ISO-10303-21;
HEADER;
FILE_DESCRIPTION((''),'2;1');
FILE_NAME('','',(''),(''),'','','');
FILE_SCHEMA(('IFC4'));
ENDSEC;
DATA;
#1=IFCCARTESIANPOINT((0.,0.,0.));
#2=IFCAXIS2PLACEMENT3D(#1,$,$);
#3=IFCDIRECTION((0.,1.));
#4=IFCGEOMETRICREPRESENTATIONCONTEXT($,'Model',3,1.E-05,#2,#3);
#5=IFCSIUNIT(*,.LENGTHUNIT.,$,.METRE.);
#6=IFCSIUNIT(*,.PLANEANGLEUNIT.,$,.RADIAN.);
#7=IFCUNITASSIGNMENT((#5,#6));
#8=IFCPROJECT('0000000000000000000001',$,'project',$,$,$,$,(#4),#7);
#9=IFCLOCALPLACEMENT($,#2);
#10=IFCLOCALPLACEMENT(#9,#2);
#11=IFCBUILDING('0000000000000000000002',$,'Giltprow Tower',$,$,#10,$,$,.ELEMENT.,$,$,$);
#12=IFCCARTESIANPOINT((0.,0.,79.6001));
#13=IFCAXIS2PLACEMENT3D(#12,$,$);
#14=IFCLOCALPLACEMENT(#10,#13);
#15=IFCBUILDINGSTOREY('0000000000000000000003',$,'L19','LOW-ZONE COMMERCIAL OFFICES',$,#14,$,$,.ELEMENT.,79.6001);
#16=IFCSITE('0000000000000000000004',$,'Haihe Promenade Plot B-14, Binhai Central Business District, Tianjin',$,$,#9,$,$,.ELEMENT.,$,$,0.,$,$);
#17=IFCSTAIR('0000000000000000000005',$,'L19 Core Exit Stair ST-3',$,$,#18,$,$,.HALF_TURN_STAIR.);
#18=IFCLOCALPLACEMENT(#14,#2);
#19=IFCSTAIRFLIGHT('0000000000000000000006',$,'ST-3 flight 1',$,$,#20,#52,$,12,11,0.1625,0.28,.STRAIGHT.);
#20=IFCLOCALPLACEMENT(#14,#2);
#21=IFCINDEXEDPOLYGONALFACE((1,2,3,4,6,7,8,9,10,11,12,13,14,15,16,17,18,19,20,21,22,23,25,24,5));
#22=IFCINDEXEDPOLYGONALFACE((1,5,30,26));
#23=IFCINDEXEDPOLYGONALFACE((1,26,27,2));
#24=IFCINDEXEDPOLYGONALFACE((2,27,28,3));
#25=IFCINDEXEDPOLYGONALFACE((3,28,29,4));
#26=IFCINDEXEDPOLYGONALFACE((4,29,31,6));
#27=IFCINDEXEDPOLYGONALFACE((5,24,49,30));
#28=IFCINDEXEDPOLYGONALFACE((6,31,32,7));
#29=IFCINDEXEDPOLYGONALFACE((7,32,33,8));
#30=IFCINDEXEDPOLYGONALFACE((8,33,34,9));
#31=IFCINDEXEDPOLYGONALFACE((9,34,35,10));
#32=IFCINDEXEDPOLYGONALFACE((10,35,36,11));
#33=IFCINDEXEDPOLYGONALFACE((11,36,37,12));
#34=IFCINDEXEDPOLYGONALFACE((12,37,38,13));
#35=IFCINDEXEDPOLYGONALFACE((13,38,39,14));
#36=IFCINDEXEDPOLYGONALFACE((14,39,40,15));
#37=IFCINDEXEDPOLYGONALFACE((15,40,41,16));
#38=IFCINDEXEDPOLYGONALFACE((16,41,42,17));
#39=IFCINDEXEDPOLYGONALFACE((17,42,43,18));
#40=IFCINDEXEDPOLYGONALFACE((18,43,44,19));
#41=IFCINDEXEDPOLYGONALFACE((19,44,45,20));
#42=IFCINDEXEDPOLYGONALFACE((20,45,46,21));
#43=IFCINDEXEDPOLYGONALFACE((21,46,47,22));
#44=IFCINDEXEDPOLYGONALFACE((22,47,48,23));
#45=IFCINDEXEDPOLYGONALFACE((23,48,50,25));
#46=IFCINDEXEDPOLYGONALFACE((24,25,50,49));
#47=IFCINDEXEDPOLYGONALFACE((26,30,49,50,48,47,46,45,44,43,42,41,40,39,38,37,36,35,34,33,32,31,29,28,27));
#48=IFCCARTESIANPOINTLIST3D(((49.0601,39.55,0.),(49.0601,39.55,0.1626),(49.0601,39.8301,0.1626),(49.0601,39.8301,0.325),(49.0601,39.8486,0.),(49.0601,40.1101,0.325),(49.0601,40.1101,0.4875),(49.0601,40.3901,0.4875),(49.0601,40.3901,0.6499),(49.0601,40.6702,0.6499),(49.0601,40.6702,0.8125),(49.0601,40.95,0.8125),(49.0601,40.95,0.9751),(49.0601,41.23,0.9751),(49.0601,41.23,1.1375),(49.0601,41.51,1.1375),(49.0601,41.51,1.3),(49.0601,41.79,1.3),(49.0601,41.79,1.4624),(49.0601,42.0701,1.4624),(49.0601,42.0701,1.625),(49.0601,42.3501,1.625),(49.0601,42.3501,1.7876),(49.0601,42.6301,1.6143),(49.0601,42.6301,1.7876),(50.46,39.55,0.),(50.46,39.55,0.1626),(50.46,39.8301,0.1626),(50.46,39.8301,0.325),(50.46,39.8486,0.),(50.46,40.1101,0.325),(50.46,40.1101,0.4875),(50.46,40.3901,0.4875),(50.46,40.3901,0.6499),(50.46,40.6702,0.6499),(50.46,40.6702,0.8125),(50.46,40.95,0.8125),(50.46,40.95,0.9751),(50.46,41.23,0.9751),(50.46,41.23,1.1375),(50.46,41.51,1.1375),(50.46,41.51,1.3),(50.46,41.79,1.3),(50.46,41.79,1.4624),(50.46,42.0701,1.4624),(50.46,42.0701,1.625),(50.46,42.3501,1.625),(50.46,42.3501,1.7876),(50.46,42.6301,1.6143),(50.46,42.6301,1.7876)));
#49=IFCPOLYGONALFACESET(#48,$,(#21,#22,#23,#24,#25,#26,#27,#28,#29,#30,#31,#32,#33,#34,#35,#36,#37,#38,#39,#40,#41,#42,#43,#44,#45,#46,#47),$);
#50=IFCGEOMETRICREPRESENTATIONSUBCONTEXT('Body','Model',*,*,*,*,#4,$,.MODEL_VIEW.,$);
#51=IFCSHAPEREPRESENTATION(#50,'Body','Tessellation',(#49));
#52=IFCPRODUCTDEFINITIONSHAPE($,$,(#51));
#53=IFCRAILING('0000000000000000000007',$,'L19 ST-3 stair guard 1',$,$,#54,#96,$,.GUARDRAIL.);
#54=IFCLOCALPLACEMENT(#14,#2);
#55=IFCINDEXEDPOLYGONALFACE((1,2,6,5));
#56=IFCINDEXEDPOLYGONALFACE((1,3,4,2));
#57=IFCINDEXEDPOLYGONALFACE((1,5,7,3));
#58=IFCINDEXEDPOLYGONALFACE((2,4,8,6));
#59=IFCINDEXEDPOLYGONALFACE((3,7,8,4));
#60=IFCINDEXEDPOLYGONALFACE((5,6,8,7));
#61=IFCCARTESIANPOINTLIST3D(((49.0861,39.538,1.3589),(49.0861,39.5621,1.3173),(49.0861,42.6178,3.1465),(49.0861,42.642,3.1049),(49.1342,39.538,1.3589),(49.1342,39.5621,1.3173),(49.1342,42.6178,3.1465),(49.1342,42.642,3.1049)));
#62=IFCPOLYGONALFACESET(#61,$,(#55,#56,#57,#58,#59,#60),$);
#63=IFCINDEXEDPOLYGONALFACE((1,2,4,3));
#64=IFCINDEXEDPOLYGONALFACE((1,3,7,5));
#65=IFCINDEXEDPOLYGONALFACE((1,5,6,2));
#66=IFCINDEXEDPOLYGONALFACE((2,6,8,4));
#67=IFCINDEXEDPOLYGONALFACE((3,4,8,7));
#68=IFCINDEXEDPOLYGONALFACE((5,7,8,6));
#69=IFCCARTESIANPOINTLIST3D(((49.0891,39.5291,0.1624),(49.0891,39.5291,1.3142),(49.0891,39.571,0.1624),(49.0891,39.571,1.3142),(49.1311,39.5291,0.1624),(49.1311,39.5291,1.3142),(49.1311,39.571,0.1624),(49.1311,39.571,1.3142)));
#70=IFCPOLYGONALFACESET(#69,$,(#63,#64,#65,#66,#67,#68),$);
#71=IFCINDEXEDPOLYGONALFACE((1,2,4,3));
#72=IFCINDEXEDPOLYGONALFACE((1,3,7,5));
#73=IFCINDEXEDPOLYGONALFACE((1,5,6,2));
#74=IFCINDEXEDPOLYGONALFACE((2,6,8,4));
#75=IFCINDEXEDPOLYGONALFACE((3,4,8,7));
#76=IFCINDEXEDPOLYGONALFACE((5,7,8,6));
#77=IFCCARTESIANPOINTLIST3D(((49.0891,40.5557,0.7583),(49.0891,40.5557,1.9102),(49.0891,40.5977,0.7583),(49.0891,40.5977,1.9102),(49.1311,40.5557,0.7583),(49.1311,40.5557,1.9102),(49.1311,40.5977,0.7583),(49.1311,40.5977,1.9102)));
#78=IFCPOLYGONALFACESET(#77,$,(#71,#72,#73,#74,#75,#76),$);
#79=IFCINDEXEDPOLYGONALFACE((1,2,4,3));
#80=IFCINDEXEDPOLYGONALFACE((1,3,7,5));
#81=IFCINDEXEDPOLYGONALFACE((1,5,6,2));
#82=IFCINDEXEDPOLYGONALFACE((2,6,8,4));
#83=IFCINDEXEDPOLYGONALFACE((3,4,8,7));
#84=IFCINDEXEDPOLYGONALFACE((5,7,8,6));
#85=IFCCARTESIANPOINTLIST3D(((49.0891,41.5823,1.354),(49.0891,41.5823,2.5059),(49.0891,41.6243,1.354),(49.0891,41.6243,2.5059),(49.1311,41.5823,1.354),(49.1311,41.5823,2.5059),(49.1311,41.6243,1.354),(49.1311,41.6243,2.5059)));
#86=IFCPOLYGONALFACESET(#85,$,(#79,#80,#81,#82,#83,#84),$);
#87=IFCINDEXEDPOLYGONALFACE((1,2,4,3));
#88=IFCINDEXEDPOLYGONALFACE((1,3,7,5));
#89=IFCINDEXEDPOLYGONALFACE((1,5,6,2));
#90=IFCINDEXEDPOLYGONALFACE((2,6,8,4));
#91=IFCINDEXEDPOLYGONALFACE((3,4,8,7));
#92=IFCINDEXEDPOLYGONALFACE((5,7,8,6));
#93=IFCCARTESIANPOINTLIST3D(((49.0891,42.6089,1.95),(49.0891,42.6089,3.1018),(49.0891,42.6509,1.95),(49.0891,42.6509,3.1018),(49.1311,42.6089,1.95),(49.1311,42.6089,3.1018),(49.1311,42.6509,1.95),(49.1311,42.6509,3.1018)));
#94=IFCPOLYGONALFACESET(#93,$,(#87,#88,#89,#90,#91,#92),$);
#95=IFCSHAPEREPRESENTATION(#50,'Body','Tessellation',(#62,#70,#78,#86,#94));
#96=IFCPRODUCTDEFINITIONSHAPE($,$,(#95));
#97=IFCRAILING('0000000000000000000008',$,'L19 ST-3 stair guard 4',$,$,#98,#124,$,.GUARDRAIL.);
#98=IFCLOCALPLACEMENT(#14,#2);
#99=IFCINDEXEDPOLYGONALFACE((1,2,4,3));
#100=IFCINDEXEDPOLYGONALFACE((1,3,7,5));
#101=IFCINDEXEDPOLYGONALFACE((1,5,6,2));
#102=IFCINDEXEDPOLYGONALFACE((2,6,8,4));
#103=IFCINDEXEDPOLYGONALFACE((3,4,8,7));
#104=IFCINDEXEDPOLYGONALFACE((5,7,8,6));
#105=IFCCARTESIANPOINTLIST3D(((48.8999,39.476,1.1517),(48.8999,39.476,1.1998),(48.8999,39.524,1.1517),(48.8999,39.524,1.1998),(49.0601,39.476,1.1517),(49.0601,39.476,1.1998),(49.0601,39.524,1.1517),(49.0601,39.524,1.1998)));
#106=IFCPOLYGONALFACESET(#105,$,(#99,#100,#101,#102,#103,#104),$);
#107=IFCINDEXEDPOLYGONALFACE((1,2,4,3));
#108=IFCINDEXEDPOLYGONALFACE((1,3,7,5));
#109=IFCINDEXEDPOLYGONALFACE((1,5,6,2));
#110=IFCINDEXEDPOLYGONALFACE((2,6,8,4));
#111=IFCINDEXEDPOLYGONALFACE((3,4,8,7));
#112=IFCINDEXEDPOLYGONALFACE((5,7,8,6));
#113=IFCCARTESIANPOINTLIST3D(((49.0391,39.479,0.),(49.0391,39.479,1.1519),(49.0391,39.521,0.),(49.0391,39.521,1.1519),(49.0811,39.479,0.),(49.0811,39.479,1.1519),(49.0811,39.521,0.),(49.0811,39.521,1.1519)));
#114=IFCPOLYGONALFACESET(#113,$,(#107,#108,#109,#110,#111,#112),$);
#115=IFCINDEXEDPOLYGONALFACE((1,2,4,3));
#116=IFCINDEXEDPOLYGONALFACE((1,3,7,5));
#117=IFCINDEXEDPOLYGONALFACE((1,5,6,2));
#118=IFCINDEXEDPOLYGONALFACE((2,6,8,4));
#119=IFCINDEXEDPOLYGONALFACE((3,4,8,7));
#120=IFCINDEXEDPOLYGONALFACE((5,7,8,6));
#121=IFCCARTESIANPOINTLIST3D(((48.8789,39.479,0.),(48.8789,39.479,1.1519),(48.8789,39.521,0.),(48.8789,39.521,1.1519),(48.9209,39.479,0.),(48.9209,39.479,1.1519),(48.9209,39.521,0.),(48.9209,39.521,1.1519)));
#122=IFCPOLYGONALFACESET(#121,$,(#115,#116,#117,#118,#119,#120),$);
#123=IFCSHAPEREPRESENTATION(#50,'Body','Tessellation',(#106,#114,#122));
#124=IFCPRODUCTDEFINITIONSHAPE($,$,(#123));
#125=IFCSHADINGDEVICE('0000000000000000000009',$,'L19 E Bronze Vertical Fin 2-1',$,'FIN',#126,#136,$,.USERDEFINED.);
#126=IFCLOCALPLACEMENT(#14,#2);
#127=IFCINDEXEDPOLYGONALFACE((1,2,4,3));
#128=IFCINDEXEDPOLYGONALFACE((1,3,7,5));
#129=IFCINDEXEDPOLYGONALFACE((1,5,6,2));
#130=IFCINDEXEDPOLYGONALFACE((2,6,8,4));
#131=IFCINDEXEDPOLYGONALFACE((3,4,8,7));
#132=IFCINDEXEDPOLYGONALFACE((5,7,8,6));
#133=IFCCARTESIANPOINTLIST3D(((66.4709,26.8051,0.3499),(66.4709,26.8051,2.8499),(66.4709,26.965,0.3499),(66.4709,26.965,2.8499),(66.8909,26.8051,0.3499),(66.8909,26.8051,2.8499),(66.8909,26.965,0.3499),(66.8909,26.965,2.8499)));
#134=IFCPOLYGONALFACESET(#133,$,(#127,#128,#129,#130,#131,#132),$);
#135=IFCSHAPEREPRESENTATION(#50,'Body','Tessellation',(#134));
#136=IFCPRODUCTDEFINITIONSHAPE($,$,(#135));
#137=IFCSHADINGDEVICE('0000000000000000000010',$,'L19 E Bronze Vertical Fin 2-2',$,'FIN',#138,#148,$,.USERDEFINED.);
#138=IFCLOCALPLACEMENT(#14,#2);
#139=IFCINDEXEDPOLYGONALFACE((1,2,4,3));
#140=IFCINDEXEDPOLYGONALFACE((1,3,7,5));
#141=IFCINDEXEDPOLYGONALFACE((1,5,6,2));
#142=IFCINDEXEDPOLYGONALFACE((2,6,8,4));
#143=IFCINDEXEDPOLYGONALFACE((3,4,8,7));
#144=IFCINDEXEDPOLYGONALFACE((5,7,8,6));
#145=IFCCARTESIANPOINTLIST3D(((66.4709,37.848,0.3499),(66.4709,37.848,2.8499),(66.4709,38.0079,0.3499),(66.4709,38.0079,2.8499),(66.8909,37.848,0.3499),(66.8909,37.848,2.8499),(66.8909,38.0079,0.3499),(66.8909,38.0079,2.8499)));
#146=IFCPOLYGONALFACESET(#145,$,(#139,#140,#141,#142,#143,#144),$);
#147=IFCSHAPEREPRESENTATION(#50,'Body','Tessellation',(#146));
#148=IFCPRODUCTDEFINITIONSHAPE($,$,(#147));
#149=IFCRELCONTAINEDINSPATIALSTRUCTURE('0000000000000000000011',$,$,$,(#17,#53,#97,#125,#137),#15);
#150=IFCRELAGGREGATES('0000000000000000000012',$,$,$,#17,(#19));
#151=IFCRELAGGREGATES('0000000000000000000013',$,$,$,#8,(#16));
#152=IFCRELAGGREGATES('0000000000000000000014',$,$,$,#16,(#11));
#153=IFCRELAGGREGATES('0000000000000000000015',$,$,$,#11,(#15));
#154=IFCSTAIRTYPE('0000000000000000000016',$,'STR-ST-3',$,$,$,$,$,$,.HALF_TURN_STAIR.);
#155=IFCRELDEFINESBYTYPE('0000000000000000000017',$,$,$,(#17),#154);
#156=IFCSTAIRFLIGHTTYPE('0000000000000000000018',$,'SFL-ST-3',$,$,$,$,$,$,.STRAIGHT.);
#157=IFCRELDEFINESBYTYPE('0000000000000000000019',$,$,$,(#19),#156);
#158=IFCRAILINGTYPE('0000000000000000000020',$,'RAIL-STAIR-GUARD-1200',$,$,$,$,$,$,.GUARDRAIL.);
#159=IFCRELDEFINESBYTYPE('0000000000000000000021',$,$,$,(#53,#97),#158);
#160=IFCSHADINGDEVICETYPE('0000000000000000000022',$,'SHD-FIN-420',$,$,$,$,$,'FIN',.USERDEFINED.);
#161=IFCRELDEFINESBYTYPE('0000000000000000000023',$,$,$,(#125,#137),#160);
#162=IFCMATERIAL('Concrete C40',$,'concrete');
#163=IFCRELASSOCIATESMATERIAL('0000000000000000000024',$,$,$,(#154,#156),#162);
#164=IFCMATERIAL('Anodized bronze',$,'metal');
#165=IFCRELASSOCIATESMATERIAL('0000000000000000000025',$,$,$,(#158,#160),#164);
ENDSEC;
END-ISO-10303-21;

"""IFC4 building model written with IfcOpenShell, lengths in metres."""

from ifc_helpers import new_model, si_unit, direction, frame, origin, origin_2d, place, context, subcontext, project, spatial, polyline, rectangle, outline, extrude, source, transform, mapped, material, type_object, element, aggregate, save


model = new_model("IFC4")

# Units and contexts
model_context = context("Model", 3, precision=1e-05, world=origin(), true_north=direction((0.0, 1.0)))
body_context = subcontext(model_context, "Body", "Model", "MODEL_VIEW")
ifc_project = project(units=[si_unit("LENGTHUNIT", "METRE"), si_unit("PLANEANGLEUNIT", "RADIAN")], contexts=[model_context])

# Site, building, storey
site_placement = place(None, origin())
site = spatial("IfcSite", under=ifc_project, at=site_placement, Name="Haihe Promenade Plot B-14, Binhai Central Business District, Tianjin", CompositionType="ELEMENT", RefElevation=0.0)
building_placement = place(site_placement, origin())
building = spatial("IfcBuilding", under=site, at=building_placement, Name="Giltprow Tower", CompositionType="ELEMENT")
storey_placement = place(building_placement, frame((0.0, 0.0, 79.6001)))
storey = spatial("IfcBuildingStorey", under=building, at=storey_placement, Name="L19", Description="LOW-ZONE COMMERCIAL OFFICES", CompositionType="ELEMENT", Elevation=79.6001)

# Shared definitions
ifc_material_1 = material(Name="Concrete C40", Category="concrete")

# Stair, stair flight
stair_type = type_object("IfcStairType", Name="STR-ST-3", PredefinedType="HALF_TURN_STAIR", material=ifc_material_1)
stair_placement = place(storey_placement, origin())
stair = element("IfcStair", 1, at=stair_placement, inside=storey, type_object=stair_type, Name="L19 Core Exit Stair ST-3", PredefinedType="HALF_TURN_STAIR")
stair_flight_type = type_object("IfcStairFlightType", Name="SFL-ST-3", PredefinedType="STRAIGHT", material=ifc_material_1)
stair_flight_placement = place(storey_placement, frame((49.76, 39.55, 0.0), z_axis=(0.0, 0.0, 1.0), x_axis=(0.0, 1.0, 0.0)))
stair_flight = element("IfcStairFlight", 2, at=stair_flight_placement, type_object=stair_flight_type, Name="ST-3 flight 1", NumberOfRisers=12, NumberOfTreads=11, PredefinedType="STRAIGHT", RiserHeight=0.1625, TreadLength=0.28, context=body_context, shape_type="SweptSolid", body=[
    extrude(outline(polyline([(0.0, 0.0), (0.0, 0.1626), (0.28, 0.1626), (0.28, 0.325), (0.5601, 0.325), (0.5601, 0.4875), (0.8401, 0.4875), (0.8401, 0.6499), (1.1201, 0.6499), (1.1201, 0.8125), (1.3999, 0.8125), (1.3999, 0.9751), (1.6799, 0.9751), (1.6799, 1.1375), (1.96, 1.1375), (1.96, 1.3), (2.24, 1.3), (2.24, 1.4624), (2.52, 1.4624), (2.52, 1.625), (2.8, 1.625), (2.8, 1.7876), (3.0801, 1.7876), (3.0801, 1.95), (3.0801, 1.6143), (0.2986, 0.0), (0.0, 0.0)])), frame((0.0, 0.7, 0.0), z_axis=(0.0, -1.0, 0.0), x_axis=(1.0, 0.0, 0.0)), (0.0, 0.0, 1.0), 1.3999),
])
aggregate(stair, [stair_flight])

# Railings
ifc_material_2 = material(Name="Anodized bronze", Category="metal")
railing_type = type_object("IfcRailingType", Name="RAIL-STAIR-GUARD-1200", PredefinedType="GUARDRAIL", material=ifc_material_2)
railing_1_placement = place(storey_placement, frame((49.1101, 39.55, 0.1624)))
element("IfcRailing", 3, at=railing_1_placement, inside=storey, type_object=railing_type, Name="L19 ST-3 stair guard 1", PredefinedType="GUARDRAIL", context=body_context, shape_type="SweptSolid", body=[
    extrude(rectangle(XDim=0.0481, YDim=0.0481, at=origin_2d()), frame((0.0, 0.0, 1.1758), z_axis=(0.0, 0.864873, 0.50199), x_axis=(-1.0, 0.0, 0.0)), (0.0, 0.0, 1.0), 3.561),
    extrude(rectangle(XDim=0.042, YDim=0.042, at=origin_2d()), origin(), (0.0, 0.0, 1.0), 1.1519),
    extrude(rectangle(XDim=0.042, YDim=0.042, at=origin_2d()), frame((0.0, 1.0266, 0.5959)), (0.0, 0.0, 1.0), 1.1519),
    extrude(rectangle(XDim=0.042, YDim=0.042, at=origin_2d()), frame((0.0, 2.0532, 1.1917)), (0.0, 0.0, 1.0), 1.1519),
    extrude(rectangle(XDim=0.042, YDim=0.042, at=origin_2d()), frame((0.0, 3.0798, 1.7876)), (0.0, 0.0, 1.0), 1.1519),
])
railing_2_placement = place(storey_placement, frame((49.0601, 39.5, 0.0)))
element("IfcRailing", 4, at=railing_2_placement, inside=storey, type_object=railing_type, Name="L19 ST-3 stair guard 4", PredefinedType="GUARDRAIL", context=body_context, shape_type="SweptSolid", body=[
    extrude(rectangle(XDim=0.0481, YDim=0.0481, at=origin_2d()), frame((0.0, 0.0, 1.1758), z_axis=(-1.0, 0.0, 0.0), x_axis=(0.0, -1.0, 0.0)), (0.0, 0.0, 1.0), 0.1602),
    extrude(rectangle(XDim=0.042, YDim=0.042, at=origin_2d()), origin(), (0.0, 0.0, 1.0), 1.1519),
    extrude(rectangle(XDim=0.042, YDim=0.042, at=origin_2d()), frame((-0.1602, 0.0, 0.0)), (0.0, 0.0, 1.0), 1.1519),
])

# Shading devices
shading_device_type = type_object("IfcShadingDeviceType", Name="SHD-FIN-420", ElementType="FIN", PredefinedType="USERDEFINED", material=ifc_material_2)
shared_shape_1 = source(origin(), body_context, "Body", "SweptSolid", [
    extrude(rectangle(XDim=0.4199, YDim=0.1599, at=origin_2d()), origin(), (0.0, 0.0, 1.0), 2.5),
])
for number, where, z_axis, x_axis, name in (
    (5, (66.6809, 26.885, 0.3499), (0.0, 0.0, 1.0), (1.0, 0.0, 0.0), "L19 E Bronze Vertical Fin 2-1"),
    (6, (66.6809, 37.928, 0.3499), (0.0, 0.0, 1.0), (1.0, 0.0, 0.0), "L19 E Bronze Vertical Fin 2-2"),
):
    element("IfcShadingDevice", number, at=place(storey_placement, frame(where, z_axis=z_axis, x_axis=x_axis)), inside=storey, type_object=shading_device_type, Name=name, ObjectType="FIN", PredefinedType="USERDEFINED", context=body_context, shape_type="MappedRepresentation", body=[
        mapped(shared_shape_1, transform((0.0, 0.0, 0.0), x_axis=(1.0, 0.0, 0.0), y_axis=(0.0, 1.0, 0.0), z_axis=(0.0, 0.0, 1.0), scale=1.0)),
    ])

save(model, "model.ifc")
